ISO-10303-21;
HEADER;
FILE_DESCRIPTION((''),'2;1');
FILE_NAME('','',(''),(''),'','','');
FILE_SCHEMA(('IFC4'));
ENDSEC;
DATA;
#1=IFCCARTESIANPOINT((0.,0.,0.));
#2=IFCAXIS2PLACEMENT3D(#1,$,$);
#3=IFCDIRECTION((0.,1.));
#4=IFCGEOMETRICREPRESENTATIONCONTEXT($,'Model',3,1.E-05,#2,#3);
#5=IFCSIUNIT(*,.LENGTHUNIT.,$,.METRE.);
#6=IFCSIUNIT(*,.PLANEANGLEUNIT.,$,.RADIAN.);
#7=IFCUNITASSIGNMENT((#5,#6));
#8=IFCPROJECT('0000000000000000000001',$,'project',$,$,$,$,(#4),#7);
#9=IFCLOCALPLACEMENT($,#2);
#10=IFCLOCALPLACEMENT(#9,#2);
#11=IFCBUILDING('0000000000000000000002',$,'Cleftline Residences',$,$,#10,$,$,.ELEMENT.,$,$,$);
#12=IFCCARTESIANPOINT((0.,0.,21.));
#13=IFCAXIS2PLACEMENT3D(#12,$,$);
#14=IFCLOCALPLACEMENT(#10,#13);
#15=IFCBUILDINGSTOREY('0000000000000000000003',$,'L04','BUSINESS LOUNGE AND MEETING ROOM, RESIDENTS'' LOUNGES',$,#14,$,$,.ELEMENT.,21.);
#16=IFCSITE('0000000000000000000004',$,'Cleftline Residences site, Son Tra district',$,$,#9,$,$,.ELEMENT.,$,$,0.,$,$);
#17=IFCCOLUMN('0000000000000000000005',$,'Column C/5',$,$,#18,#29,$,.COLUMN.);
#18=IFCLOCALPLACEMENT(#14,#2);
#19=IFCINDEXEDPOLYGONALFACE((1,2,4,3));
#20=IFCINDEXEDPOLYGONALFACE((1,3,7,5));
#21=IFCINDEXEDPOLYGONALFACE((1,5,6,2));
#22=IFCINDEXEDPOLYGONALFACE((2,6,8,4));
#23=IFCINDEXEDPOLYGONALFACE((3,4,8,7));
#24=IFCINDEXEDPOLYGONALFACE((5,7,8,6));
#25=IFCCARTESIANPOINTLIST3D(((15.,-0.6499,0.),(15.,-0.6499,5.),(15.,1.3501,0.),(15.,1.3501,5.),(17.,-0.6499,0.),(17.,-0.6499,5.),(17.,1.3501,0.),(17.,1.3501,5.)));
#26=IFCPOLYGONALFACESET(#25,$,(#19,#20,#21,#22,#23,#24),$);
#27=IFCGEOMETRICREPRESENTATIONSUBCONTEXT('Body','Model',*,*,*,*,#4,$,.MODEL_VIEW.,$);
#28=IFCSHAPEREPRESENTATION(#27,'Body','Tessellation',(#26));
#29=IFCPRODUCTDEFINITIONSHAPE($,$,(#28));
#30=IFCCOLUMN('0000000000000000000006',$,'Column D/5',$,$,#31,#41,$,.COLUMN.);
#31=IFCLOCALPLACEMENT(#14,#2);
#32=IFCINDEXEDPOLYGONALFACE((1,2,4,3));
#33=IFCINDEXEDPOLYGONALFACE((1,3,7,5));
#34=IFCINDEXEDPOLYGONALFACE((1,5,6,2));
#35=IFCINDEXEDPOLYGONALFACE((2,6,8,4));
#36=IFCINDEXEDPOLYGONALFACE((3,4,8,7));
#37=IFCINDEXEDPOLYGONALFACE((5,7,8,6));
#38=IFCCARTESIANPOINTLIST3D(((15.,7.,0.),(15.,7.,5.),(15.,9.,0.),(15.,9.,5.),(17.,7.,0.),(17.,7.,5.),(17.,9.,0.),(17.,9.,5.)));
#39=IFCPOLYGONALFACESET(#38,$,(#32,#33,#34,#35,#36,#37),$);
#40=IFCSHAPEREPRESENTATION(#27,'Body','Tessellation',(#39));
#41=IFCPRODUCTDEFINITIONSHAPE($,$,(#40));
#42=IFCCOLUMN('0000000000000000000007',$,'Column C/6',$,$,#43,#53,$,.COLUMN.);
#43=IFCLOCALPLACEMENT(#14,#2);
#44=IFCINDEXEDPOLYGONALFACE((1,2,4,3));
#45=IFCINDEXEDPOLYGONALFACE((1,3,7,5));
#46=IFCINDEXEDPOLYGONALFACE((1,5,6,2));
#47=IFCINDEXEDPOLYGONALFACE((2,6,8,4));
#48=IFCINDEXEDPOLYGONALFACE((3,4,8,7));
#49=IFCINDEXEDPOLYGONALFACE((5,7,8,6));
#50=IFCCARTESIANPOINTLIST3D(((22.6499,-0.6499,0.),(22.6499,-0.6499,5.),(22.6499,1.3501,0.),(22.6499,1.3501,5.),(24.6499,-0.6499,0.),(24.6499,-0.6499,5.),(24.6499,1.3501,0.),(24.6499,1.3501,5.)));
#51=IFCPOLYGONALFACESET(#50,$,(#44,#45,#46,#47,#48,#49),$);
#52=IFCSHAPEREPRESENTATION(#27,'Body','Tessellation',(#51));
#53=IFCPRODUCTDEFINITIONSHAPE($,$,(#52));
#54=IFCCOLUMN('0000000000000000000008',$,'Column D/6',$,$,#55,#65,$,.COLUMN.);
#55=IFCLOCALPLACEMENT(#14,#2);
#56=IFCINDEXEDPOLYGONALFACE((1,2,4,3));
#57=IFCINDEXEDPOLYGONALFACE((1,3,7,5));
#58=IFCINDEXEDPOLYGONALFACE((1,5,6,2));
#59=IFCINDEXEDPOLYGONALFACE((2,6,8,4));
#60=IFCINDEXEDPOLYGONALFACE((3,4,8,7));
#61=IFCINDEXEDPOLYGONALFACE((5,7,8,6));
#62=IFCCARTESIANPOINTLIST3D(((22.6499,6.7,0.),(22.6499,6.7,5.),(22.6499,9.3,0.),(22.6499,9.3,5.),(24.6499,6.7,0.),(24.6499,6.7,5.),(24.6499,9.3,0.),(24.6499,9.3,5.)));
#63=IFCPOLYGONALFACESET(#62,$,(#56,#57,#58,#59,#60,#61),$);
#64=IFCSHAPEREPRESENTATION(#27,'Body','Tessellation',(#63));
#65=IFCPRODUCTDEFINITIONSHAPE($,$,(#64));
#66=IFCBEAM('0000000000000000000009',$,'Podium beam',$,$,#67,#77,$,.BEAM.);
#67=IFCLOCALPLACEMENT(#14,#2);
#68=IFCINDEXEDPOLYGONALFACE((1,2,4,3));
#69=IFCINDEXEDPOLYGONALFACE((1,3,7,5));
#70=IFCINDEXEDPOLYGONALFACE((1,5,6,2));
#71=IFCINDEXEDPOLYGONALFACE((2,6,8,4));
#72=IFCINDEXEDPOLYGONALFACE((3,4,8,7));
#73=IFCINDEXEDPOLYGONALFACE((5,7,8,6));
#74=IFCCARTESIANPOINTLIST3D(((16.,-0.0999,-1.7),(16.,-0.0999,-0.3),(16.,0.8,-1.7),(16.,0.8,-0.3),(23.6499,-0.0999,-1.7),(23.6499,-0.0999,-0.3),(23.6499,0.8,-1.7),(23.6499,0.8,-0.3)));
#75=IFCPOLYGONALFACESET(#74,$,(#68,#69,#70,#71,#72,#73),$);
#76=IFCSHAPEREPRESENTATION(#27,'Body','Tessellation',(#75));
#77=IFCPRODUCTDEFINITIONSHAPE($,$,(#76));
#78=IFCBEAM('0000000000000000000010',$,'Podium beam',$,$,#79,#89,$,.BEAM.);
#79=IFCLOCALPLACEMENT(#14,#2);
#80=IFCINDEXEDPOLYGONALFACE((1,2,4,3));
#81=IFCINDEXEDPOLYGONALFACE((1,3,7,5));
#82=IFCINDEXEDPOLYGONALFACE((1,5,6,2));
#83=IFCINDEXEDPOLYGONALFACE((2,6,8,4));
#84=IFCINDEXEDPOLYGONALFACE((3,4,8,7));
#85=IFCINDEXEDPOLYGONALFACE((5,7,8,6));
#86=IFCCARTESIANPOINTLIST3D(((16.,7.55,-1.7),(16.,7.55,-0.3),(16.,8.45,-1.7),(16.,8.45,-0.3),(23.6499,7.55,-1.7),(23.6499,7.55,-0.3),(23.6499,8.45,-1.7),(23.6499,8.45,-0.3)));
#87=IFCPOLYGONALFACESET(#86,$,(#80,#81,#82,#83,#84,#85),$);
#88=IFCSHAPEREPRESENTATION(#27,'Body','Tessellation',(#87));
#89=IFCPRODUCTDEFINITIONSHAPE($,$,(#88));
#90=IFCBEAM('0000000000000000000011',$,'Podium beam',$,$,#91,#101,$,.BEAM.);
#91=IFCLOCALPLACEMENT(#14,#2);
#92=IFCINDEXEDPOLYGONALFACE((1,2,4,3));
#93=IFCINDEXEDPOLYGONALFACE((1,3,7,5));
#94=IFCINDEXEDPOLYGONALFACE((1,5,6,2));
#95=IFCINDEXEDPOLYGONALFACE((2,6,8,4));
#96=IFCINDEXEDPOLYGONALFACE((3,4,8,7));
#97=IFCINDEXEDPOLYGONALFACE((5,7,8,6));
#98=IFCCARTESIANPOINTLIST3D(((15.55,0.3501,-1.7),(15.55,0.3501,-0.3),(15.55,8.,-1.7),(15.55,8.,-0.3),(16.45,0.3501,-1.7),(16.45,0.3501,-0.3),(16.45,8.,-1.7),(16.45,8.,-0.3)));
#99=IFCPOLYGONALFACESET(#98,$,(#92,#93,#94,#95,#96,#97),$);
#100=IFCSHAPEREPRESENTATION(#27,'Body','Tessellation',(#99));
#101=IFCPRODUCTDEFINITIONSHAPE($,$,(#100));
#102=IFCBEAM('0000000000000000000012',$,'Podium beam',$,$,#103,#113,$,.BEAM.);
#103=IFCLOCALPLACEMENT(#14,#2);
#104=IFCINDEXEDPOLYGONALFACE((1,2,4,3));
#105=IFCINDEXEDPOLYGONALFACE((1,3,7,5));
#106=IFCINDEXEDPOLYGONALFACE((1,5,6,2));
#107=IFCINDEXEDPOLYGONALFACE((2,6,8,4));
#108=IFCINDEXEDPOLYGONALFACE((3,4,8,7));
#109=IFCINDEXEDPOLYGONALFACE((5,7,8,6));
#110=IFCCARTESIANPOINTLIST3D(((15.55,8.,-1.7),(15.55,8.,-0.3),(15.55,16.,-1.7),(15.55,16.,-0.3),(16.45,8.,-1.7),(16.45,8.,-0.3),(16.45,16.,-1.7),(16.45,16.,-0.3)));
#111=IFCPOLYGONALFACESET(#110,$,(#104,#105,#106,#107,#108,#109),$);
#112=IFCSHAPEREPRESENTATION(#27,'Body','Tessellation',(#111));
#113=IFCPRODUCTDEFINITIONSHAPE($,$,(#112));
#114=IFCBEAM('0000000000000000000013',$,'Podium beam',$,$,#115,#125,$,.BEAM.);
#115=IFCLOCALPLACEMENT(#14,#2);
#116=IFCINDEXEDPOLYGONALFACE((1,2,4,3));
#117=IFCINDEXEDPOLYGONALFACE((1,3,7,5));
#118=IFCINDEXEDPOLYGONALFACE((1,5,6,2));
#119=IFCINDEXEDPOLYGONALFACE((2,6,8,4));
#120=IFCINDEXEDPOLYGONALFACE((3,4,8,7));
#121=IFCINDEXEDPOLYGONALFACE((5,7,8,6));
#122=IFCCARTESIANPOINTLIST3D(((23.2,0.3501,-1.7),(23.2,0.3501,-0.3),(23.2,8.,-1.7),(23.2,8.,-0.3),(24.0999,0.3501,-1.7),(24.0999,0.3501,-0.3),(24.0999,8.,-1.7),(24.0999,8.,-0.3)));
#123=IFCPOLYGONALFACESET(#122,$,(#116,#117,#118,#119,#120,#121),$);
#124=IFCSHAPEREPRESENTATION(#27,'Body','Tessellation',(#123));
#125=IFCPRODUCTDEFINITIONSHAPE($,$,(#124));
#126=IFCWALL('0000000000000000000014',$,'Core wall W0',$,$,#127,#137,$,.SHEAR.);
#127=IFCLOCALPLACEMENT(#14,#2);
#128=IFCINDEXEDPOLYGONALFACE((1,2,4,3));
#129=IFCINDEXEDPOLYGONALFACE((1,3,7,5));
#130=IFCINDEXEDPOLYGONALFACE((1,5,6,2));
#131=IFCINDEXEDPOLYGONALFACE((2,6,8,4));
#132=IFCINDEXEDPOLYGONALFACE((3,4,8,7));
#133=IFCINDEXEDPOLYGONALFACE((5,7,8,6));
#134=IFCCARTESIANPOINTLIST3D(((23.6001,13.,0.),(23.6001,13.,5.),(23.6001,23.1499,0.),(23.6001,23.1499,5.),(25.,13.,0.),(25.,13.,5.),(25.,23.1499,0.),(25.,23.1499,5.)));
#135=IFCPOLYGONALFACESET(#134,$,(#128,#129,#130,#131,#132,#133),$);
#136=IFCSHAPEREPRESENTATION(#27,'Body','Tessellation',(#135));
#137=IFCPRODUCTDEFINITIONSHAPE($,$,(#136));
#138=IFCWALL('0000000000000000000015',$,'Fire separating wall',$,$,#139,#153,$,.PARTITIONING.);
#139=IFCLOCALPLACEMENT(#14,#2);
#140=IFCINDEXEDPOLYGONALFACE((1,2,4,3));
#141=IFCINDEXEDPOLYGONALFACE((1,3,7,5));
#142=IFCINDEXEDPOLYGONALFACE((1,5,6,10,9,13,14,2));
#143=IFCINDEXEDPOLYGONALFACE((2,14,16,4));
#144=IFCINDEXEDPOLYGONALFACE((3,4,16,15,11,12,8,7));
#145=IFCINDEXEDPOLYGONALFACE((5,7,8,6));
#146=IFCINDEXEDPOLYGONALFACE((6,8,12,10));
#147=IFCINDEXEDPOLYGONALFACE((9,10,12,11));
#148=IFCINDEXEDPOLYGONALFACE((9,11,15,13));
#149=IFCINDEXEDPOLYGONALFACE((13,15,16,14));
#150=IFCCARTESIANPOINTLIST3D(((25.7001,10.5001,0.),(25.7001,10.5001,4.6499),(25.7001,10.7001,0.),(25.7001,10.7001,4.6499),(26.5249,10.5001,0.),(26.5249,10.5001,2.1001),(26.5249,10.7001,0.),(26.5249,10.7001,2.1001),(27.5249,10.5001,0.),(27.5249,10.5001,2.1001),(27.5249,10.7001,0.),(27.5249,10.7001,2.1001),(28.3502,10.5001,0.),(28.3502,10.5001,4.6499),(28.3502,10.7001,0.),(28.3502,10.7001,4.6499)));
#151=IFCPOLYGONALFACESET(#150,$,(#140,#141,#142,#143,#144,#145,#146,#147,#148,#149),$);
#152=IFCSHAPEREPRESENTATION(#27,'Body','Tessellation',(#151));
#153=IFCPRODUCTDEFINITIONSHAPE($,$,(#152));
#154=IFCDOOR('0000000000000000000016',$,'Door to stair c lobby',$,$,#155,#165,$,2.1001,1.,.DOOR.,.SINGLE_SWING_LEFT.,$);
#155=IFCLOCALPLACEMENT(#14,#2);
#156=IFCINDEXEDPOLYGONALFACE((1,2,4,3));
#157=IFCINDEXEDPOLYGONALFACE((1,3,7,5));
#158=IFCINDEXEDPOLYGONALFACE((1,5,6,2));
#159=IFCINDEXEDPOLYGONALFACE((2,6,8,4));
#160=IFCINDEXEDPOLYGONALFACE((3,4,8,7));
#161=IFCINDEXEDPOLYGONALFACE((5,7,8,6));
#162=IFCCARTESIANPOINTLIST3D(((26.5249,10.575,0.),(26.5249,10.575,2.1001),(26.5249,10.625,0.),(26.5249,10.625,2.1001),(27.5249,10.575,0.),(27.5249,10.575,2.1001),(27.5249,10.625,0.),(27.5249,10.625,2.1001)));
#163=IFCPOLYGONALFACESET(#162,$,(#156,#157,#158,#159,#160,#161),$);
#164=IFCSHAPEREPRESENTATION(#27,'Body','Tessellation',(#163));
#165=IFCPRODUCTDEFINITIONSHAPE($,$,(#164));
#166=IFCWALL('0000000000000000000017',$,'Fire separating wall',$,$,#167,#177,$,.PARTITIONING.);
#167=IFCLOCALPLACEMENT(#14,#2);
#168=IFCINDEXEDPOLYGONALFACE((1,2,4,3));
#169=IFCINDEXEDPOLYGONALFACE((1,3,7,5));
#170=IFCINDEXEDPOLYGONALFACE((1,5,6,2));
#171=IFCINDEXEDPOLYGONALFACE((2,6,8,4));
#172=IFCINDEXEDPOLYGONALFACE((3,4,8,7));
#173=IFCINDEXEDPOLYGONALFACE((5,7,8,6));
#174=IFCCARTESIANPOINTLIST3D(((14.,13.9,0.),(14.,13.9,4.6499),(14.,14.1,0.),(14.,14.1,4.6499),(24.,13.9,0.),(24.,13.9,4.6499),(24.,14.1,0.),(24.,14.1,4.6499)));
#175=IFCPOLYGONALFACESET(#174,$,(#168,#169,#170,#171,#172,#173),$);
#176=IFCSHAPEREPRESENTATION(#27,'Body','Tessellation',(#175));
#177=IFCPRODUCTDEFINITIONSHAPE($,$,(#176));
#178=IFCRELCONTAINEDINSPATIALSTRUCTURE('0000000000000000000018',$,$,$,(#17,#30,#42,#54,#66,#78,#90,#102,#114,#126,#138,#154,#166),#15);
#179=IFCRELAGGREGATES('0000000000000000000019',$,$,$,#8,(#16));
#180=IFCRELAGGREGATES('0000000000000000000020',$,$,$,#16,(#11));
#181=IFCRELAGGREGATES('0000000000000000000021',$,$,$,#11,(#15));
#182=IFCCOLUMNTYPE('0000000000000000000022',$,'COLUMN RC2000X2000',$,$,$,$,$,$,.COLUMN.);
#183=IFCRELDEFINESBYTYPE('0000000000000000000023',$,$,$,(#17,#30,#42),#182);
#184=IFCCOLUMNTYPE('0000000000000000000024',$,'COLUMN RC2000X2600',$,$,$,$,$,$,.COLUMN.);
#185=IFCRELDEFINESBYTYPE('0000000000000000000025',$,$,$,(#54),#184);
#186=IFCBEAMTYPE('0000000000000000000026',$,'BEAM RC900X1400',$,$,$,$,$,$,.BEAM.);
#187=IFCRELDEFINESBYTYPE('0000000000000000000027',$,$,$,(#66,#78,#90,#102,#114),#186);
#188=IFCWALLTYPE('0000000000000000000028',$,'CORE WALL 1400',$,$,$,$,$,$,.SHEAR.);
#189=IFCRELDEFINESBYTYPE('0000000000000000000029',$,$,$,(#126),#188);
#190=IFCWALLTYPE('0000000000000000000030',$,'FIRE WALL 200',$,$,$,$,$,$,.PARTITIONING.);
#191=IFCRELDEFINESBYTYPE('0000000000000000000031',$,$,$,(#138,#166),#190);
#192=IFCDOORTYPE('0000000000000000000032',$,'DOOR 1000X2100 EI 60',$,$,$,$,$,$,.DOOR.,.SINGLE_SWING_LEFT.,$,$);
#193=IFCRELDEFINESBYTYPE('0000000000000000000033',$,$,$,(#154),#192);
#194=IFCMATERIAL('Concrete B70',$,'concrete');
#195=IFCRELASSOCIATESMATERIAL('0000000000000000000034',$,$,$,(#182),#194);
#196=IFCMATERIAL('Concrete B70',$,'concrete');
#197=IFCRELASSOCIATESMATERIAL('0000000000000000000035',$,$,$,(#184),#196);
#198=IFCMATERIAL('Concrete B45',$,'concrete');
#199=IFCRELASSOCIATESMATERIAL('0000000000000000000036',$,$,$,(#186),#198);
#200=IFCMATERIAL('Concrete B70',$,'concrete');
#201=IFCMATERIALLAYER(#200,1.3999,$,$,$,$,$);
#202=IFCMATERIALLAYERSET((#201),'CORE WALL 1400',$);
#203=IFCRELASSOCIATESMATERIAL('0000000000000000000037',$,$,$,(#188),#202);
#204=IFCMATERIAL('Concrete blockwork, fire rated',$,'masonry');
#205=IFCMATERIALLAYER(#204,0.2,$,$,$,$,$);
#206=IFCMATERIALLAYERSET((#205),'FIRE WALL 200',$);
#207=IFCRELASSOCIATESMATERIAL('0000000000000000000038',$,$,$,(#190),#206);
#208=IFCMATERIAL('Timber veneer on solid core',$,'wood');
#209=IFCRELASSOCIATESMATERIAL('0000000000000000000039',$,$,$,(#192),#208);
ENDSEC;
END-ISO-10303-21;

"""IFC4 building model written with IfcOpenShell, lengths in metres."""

from ifc_helpers import new_model, si_unit, direction, frame, frame_2d, origin, origin_2d, place, context, subcontext, project, spatial, rectangle, extrude, material, layer, layer_set, material_profile, profile_set, type_object, element, fill, save


model = new_model("IFC4")

# Units and contexts
model_context = context("Model", 3, precision=1e-05, world=origin(), true_north=direction((0.0, 1.0)))
body_context = subcontext(model_context, "Body", "Model", "MODEL_VIEW")
ifc_project = project(units=[si_unit("LENGTHUNIT", "METRE"), si_unit("PLANEANGLEUNIT", "RADIAN")], contexts=[model_context])

# Site, building, storey
site_placement = place(None, origin())
site = spatial("IfcSite", under=ifc_project, at=site_placement, Name="Cleftline Residences site, Son Tra district", CompositionType="ELEMENT", RefElevation=0.0)
building_placement = place(site_placement, origin())
building = spatial("IfcBuilding", under=site, at=building_placement, Name="Cleftline Residences", CompositionType="ELEMENT")
storey_placement = place(building_placement, frame((0.0, 0.0, 21.0)))
storey = spatial("IfcBuildingStorey", under=building, at=storey_placement, Name="L04", Description="BUSINESS LOUNGE AND MEETING ROOM, RESIDENTS' LOUNGES", CompositionType="ELEMENT", Elevation=21.0)

# Columns
ifc_material_1 = material(Name="Concrete B70", Category="concrete")
ifc_material_profile_1 = material_profile(ifc_material_1, rectangle(XDim=2.0, YDim=2.0, at=origin_2d()))
ifc_profile_set_1 = profile_set([ifc_material_profile_1], Name="Concrete B70")
column_type_1 = type_object("IfcColumnType", Name="COLUMN RC2000X2000", PredefinedType="COLUMN", material=ifc_profile_set_1)
for number, where, z_axis, x_axis, name in (
    (1, (16.0, 0.3501, 0.0), (0.0, 0.0, 1.0), (1.0, 0.0, 0.0), "Column C/5"),
    (2, (16.0, 8.0, 0.0), (0.0, 0.0, 1.0), (1.0, 0.0, 0.0), "Column D/5"),
    (3, (23.6499, 0.3501, 0.0), (0.0, 0.0, 1.0), (1.0, 0.0, 0.0), "Column C/6"),
):
    element("IfcColumn", number, at=place(storey_placement, frame(where, z_axis=z_axis, x_axis=x_axis)), inside=storey, type_object=column_type_1, Name=name, PredefinedType="COLUMN", context=body_context, shape_type="SweptSolid", body=[
        extrude(rectangle(XDim=2.0, YDim=2.0, at=origin_2d()), origin(), (0.0, 0.0, 1.0), 5.0),
    ])
ifc_material_2 = material(Name="Concrete B70", Category="concrete")
ifc_material_profile_2 = material_profile(ifc_material_2, rectangle(XDim=2.0, YDim=2.6001, at=origin_2d()))
ifc_profile_set_2 = profile_set([ifc_material_profile_2], Name="Concrete B70")
column_type_2 = type_object("IfcColumnType", Name="COLUMN RC2000X2600", PredefinedType="COLUMN", material=ifc_profile_set_2)
column_placement = place(storey_placement, frame((23.6499, 8.0, 0.0), z_axis=(0.0, 0.0, 1.0), x_axis=(1.0, 0.0, 0.0)))
element("IfcColumn", 4, at=column_placement, inside=storey, type_object=column_type_2, Name="Column D/6", PredefinedType="COLUMN", context=body_context, shape_type="SweptSolid", body=[
    extrude(rectangle(XDim=2.0, YDim=2.6001, at=origin_2d()), origin(), (0.0, 0.0, 1.0), 5.0),
])

# Beams
ifc_material_3 = material(Name="Concrete B45", Category="concrete")
ifc_material_profile_3 = material_profile(ifc_material_3, rectangle(XDim=0.8999, YDim=1.3999, at=origin_2d()))
ifc_profile_set_3 = profile_set([ifc_material_profile_3], Name="Concrete B45")
beam_type = type_object("IfcBeamType", Name="BEAM RC900X1400", PredefinedType="BEAM", material=ifc_profile_set_3)
for number, where, z_axis, x_axis, name in (
    (5, (16.0, 0.3501, -1.0), (1.0, 0.0, 0.0), (0.0, 1.0, 0.0), "Podium beam"),
    (6, (16.0, 8.0, -1.0), (1.0, 0.0, 0.0), (0.0, 1.0, 0.0), "Podium beam"),
    (7, (16.0, 0.3501, -1.0), (0.0, 1.0, 0.0), (-1.0, 0.0, 0.0), "Podium beam"),
):
    element("IfcBeam", number, at=place(storey_placement, frame(where, z_axis=z_axis, x_axis=x_axis)), inside=storey, type_object=beam_type, Name=name, PredefinedType="BEAM", context=body_context, shape_type="SweptSolid", body=[
        extrude(rectangle(XDim=0.8999, YDim=1.3999, at=origin_2d()), origin(), (0.0, 0.0, 1.0), 7.6499),
    ])
beam_1_placement = place(storey_placement, frame((16.0, 8.0, -1.0), z_axis=(0.0, 1.0, 0.0), x_axis=(-1.0, 0.0, 0.0)))
element("IfcBeam", 8, at=beam_1_placement, inside=storey, type_object=beam_type, Name="Podium beam", PredefinedType="BEAM", context=body_context, shape_type="SweptSolid", body=[
    extrude(rectangle(XDim=0.8999, YDim=1.3999, at=origin_2d()), origin(), (0.0, 0.0, 1.0), 8.0),
])
beam_2_placement = place(storey_placement, frame((23.6499, 0.3501, -1.0), z_axis=(0.0, 1.0, 0.0), x_axis=(-1.0, 0.0, 0.0)))
element("IfcBeam", 9, at=beam_2_placement, inside=storey, type_object=beam_type, Name="Podium beam", PredefinedType="BEAM", context=body_context, shape_type="SweptSolid", body=[
    extrude(rectangle(XDim=0.8999, YDim=1.3999, at=origin_2d()), origin(), (0.0, 0.0, 1.0), 7.6499),
])

# Wall
ifc_material_4 = material(Name="Concrete B70", Category="concrete")
ifc_layer_1 = layer(ifc_material_4, 1.3999)
ifc_layer_set_1 = layer_set([ifc_layer_1], Name="CORE WALL 1400")
wall_type_1 = type_object("IfcWallType", Name="CORE WALL 1400", PredefinedType="SHEAR", material=ifc_layer_set_1)
wall_1_placement = place(storey_placement, frame((24.3, 13.0, 0.0), z_axis=(0.0, 0.0, 1.0), x_axis=(0.0, 1.0, 0.0)))
element("IfcWall", 10, at=wall_1_placement, inside=storey, type_object=wall_type_1, Name="Core wall W0", PredefinedType="SHEAR", context=body_context, shape_type="SweptSolid", body=[
    extrude(rectangle(XDim=10.1499, YDim=1.3999, at=frame_2d((5.075, 0.0))), origin(), (0.0, 0.0, 1.0), 5.0),
])

# Wall, opening, door
ifc_material_5 = material(Name="Concrete blockwork, fire rated", Category="masonry")
ifc_layer_2 = layer(ifc_material_5, 0.2)
ifc_layer_set_2 = layer_set([ifc_layer_2], Name="FIRE WALL 200")
wall_type_2 = type_object("IfcWallType", Name="FIRE WALL 200", PredefinedType="PARTITIONING", material=ifc_layer_set_2)
wall_2_placement = place(storey_placement, frame((25.7, 10.6001, 0.0), z_axis=(0.0, 0.0, 1.0), x_axis=(1.0, 0.0, 0.0)))
wall_2 = element("IfcWall", 11, at=wall_2_placement, inside=storey, type_object=wall_type_2, Name="Fire separating wall", PredefinedType="PARTITIONING", context=body_context, shape_type="SweptSolid", body=[
    extrude(rectangle(XDim=2.6501, YDim=0.2, at=frame_2d((1.3252, 0.0))), origin(), (0.0, 0.0, 1.0), 4.6499),
])
opening_1_placement = place(wall_2_placement, frame((0.825, 0.0, 0.0)))
opening_1 = element("IfcOpeningElement", 12, at=opening_1_placement, cuts=wall_2, PredefinedType="OPENING", context=body_context, shape_type="SweptSolid", body=[
    extrude(rectangle(XDim=1.0, YDim=2.1001, at=frame_2d((0.5, 1.05))), frame((0.0, 0.1099, 0.0), z_axis=(0.0, -1.0, 0.0), x_axis=(1.0, 0.0, 0.0)), (0.0, 0.0, 1.0), 0.22),
])
ifc_material_6 = material(Name="Timber veneer on solid core", Category="wood")
door_type_1 = type_object("IfcDoorType", Name="DOOR 1000X2100 EI 60", OperationType="SINGLE_SWING_LEFT", PredefinedType="DOOR", material=ifc_material_6)
door_1_placement = place(opening_1_placement, origin())
door_1 = element("IfcDoor", 13, at=door_1_placement, inside=storey, type_object=door_type_1, Name="Door to stair c lobby", OperationType="SINGLE_SWING_LEFT", OverallHeight=2.1001, OverallWidth=1.0, PredefinedType="DOOR", context=body_context, shape_type="SweptSolid", body=[
    extrude(rectangle(XDim=1.0, YDim=2.1001, at=frame_2d((0.5, 1.05))), frame((0.0, 0.0249, 0.0), z_axis=(0.0, -1.0, 0.0), x_axis=(1.0, 0.0, 0.0)), (0.0, 0.0, 1.0), 0.05),
])
fill(opening_1, door_1)

# Wall
wall_3_placement = place(storey_placement, frame((14.0, 14.0, 0.0), z_axis=(0.0, 0.0, 1.0), x_axis=(1.0, 0.0, 0.0)))
element("IfcWall", 14, at=wall_3_placement, inside=storey, type_object=wall_type_2, Name="Fire separating wall", PredefinedType="PARTITIONING", context=body_context, shape_type="SweptSolid", body=[
    extrude(rectangle(XDim=10.0, YDim=0.2, at=frame_2d((5.0, 0.0))), origin(), (0.0, 0.0, 1.0), 4.6499),
])

save(model, "model.ifc")
